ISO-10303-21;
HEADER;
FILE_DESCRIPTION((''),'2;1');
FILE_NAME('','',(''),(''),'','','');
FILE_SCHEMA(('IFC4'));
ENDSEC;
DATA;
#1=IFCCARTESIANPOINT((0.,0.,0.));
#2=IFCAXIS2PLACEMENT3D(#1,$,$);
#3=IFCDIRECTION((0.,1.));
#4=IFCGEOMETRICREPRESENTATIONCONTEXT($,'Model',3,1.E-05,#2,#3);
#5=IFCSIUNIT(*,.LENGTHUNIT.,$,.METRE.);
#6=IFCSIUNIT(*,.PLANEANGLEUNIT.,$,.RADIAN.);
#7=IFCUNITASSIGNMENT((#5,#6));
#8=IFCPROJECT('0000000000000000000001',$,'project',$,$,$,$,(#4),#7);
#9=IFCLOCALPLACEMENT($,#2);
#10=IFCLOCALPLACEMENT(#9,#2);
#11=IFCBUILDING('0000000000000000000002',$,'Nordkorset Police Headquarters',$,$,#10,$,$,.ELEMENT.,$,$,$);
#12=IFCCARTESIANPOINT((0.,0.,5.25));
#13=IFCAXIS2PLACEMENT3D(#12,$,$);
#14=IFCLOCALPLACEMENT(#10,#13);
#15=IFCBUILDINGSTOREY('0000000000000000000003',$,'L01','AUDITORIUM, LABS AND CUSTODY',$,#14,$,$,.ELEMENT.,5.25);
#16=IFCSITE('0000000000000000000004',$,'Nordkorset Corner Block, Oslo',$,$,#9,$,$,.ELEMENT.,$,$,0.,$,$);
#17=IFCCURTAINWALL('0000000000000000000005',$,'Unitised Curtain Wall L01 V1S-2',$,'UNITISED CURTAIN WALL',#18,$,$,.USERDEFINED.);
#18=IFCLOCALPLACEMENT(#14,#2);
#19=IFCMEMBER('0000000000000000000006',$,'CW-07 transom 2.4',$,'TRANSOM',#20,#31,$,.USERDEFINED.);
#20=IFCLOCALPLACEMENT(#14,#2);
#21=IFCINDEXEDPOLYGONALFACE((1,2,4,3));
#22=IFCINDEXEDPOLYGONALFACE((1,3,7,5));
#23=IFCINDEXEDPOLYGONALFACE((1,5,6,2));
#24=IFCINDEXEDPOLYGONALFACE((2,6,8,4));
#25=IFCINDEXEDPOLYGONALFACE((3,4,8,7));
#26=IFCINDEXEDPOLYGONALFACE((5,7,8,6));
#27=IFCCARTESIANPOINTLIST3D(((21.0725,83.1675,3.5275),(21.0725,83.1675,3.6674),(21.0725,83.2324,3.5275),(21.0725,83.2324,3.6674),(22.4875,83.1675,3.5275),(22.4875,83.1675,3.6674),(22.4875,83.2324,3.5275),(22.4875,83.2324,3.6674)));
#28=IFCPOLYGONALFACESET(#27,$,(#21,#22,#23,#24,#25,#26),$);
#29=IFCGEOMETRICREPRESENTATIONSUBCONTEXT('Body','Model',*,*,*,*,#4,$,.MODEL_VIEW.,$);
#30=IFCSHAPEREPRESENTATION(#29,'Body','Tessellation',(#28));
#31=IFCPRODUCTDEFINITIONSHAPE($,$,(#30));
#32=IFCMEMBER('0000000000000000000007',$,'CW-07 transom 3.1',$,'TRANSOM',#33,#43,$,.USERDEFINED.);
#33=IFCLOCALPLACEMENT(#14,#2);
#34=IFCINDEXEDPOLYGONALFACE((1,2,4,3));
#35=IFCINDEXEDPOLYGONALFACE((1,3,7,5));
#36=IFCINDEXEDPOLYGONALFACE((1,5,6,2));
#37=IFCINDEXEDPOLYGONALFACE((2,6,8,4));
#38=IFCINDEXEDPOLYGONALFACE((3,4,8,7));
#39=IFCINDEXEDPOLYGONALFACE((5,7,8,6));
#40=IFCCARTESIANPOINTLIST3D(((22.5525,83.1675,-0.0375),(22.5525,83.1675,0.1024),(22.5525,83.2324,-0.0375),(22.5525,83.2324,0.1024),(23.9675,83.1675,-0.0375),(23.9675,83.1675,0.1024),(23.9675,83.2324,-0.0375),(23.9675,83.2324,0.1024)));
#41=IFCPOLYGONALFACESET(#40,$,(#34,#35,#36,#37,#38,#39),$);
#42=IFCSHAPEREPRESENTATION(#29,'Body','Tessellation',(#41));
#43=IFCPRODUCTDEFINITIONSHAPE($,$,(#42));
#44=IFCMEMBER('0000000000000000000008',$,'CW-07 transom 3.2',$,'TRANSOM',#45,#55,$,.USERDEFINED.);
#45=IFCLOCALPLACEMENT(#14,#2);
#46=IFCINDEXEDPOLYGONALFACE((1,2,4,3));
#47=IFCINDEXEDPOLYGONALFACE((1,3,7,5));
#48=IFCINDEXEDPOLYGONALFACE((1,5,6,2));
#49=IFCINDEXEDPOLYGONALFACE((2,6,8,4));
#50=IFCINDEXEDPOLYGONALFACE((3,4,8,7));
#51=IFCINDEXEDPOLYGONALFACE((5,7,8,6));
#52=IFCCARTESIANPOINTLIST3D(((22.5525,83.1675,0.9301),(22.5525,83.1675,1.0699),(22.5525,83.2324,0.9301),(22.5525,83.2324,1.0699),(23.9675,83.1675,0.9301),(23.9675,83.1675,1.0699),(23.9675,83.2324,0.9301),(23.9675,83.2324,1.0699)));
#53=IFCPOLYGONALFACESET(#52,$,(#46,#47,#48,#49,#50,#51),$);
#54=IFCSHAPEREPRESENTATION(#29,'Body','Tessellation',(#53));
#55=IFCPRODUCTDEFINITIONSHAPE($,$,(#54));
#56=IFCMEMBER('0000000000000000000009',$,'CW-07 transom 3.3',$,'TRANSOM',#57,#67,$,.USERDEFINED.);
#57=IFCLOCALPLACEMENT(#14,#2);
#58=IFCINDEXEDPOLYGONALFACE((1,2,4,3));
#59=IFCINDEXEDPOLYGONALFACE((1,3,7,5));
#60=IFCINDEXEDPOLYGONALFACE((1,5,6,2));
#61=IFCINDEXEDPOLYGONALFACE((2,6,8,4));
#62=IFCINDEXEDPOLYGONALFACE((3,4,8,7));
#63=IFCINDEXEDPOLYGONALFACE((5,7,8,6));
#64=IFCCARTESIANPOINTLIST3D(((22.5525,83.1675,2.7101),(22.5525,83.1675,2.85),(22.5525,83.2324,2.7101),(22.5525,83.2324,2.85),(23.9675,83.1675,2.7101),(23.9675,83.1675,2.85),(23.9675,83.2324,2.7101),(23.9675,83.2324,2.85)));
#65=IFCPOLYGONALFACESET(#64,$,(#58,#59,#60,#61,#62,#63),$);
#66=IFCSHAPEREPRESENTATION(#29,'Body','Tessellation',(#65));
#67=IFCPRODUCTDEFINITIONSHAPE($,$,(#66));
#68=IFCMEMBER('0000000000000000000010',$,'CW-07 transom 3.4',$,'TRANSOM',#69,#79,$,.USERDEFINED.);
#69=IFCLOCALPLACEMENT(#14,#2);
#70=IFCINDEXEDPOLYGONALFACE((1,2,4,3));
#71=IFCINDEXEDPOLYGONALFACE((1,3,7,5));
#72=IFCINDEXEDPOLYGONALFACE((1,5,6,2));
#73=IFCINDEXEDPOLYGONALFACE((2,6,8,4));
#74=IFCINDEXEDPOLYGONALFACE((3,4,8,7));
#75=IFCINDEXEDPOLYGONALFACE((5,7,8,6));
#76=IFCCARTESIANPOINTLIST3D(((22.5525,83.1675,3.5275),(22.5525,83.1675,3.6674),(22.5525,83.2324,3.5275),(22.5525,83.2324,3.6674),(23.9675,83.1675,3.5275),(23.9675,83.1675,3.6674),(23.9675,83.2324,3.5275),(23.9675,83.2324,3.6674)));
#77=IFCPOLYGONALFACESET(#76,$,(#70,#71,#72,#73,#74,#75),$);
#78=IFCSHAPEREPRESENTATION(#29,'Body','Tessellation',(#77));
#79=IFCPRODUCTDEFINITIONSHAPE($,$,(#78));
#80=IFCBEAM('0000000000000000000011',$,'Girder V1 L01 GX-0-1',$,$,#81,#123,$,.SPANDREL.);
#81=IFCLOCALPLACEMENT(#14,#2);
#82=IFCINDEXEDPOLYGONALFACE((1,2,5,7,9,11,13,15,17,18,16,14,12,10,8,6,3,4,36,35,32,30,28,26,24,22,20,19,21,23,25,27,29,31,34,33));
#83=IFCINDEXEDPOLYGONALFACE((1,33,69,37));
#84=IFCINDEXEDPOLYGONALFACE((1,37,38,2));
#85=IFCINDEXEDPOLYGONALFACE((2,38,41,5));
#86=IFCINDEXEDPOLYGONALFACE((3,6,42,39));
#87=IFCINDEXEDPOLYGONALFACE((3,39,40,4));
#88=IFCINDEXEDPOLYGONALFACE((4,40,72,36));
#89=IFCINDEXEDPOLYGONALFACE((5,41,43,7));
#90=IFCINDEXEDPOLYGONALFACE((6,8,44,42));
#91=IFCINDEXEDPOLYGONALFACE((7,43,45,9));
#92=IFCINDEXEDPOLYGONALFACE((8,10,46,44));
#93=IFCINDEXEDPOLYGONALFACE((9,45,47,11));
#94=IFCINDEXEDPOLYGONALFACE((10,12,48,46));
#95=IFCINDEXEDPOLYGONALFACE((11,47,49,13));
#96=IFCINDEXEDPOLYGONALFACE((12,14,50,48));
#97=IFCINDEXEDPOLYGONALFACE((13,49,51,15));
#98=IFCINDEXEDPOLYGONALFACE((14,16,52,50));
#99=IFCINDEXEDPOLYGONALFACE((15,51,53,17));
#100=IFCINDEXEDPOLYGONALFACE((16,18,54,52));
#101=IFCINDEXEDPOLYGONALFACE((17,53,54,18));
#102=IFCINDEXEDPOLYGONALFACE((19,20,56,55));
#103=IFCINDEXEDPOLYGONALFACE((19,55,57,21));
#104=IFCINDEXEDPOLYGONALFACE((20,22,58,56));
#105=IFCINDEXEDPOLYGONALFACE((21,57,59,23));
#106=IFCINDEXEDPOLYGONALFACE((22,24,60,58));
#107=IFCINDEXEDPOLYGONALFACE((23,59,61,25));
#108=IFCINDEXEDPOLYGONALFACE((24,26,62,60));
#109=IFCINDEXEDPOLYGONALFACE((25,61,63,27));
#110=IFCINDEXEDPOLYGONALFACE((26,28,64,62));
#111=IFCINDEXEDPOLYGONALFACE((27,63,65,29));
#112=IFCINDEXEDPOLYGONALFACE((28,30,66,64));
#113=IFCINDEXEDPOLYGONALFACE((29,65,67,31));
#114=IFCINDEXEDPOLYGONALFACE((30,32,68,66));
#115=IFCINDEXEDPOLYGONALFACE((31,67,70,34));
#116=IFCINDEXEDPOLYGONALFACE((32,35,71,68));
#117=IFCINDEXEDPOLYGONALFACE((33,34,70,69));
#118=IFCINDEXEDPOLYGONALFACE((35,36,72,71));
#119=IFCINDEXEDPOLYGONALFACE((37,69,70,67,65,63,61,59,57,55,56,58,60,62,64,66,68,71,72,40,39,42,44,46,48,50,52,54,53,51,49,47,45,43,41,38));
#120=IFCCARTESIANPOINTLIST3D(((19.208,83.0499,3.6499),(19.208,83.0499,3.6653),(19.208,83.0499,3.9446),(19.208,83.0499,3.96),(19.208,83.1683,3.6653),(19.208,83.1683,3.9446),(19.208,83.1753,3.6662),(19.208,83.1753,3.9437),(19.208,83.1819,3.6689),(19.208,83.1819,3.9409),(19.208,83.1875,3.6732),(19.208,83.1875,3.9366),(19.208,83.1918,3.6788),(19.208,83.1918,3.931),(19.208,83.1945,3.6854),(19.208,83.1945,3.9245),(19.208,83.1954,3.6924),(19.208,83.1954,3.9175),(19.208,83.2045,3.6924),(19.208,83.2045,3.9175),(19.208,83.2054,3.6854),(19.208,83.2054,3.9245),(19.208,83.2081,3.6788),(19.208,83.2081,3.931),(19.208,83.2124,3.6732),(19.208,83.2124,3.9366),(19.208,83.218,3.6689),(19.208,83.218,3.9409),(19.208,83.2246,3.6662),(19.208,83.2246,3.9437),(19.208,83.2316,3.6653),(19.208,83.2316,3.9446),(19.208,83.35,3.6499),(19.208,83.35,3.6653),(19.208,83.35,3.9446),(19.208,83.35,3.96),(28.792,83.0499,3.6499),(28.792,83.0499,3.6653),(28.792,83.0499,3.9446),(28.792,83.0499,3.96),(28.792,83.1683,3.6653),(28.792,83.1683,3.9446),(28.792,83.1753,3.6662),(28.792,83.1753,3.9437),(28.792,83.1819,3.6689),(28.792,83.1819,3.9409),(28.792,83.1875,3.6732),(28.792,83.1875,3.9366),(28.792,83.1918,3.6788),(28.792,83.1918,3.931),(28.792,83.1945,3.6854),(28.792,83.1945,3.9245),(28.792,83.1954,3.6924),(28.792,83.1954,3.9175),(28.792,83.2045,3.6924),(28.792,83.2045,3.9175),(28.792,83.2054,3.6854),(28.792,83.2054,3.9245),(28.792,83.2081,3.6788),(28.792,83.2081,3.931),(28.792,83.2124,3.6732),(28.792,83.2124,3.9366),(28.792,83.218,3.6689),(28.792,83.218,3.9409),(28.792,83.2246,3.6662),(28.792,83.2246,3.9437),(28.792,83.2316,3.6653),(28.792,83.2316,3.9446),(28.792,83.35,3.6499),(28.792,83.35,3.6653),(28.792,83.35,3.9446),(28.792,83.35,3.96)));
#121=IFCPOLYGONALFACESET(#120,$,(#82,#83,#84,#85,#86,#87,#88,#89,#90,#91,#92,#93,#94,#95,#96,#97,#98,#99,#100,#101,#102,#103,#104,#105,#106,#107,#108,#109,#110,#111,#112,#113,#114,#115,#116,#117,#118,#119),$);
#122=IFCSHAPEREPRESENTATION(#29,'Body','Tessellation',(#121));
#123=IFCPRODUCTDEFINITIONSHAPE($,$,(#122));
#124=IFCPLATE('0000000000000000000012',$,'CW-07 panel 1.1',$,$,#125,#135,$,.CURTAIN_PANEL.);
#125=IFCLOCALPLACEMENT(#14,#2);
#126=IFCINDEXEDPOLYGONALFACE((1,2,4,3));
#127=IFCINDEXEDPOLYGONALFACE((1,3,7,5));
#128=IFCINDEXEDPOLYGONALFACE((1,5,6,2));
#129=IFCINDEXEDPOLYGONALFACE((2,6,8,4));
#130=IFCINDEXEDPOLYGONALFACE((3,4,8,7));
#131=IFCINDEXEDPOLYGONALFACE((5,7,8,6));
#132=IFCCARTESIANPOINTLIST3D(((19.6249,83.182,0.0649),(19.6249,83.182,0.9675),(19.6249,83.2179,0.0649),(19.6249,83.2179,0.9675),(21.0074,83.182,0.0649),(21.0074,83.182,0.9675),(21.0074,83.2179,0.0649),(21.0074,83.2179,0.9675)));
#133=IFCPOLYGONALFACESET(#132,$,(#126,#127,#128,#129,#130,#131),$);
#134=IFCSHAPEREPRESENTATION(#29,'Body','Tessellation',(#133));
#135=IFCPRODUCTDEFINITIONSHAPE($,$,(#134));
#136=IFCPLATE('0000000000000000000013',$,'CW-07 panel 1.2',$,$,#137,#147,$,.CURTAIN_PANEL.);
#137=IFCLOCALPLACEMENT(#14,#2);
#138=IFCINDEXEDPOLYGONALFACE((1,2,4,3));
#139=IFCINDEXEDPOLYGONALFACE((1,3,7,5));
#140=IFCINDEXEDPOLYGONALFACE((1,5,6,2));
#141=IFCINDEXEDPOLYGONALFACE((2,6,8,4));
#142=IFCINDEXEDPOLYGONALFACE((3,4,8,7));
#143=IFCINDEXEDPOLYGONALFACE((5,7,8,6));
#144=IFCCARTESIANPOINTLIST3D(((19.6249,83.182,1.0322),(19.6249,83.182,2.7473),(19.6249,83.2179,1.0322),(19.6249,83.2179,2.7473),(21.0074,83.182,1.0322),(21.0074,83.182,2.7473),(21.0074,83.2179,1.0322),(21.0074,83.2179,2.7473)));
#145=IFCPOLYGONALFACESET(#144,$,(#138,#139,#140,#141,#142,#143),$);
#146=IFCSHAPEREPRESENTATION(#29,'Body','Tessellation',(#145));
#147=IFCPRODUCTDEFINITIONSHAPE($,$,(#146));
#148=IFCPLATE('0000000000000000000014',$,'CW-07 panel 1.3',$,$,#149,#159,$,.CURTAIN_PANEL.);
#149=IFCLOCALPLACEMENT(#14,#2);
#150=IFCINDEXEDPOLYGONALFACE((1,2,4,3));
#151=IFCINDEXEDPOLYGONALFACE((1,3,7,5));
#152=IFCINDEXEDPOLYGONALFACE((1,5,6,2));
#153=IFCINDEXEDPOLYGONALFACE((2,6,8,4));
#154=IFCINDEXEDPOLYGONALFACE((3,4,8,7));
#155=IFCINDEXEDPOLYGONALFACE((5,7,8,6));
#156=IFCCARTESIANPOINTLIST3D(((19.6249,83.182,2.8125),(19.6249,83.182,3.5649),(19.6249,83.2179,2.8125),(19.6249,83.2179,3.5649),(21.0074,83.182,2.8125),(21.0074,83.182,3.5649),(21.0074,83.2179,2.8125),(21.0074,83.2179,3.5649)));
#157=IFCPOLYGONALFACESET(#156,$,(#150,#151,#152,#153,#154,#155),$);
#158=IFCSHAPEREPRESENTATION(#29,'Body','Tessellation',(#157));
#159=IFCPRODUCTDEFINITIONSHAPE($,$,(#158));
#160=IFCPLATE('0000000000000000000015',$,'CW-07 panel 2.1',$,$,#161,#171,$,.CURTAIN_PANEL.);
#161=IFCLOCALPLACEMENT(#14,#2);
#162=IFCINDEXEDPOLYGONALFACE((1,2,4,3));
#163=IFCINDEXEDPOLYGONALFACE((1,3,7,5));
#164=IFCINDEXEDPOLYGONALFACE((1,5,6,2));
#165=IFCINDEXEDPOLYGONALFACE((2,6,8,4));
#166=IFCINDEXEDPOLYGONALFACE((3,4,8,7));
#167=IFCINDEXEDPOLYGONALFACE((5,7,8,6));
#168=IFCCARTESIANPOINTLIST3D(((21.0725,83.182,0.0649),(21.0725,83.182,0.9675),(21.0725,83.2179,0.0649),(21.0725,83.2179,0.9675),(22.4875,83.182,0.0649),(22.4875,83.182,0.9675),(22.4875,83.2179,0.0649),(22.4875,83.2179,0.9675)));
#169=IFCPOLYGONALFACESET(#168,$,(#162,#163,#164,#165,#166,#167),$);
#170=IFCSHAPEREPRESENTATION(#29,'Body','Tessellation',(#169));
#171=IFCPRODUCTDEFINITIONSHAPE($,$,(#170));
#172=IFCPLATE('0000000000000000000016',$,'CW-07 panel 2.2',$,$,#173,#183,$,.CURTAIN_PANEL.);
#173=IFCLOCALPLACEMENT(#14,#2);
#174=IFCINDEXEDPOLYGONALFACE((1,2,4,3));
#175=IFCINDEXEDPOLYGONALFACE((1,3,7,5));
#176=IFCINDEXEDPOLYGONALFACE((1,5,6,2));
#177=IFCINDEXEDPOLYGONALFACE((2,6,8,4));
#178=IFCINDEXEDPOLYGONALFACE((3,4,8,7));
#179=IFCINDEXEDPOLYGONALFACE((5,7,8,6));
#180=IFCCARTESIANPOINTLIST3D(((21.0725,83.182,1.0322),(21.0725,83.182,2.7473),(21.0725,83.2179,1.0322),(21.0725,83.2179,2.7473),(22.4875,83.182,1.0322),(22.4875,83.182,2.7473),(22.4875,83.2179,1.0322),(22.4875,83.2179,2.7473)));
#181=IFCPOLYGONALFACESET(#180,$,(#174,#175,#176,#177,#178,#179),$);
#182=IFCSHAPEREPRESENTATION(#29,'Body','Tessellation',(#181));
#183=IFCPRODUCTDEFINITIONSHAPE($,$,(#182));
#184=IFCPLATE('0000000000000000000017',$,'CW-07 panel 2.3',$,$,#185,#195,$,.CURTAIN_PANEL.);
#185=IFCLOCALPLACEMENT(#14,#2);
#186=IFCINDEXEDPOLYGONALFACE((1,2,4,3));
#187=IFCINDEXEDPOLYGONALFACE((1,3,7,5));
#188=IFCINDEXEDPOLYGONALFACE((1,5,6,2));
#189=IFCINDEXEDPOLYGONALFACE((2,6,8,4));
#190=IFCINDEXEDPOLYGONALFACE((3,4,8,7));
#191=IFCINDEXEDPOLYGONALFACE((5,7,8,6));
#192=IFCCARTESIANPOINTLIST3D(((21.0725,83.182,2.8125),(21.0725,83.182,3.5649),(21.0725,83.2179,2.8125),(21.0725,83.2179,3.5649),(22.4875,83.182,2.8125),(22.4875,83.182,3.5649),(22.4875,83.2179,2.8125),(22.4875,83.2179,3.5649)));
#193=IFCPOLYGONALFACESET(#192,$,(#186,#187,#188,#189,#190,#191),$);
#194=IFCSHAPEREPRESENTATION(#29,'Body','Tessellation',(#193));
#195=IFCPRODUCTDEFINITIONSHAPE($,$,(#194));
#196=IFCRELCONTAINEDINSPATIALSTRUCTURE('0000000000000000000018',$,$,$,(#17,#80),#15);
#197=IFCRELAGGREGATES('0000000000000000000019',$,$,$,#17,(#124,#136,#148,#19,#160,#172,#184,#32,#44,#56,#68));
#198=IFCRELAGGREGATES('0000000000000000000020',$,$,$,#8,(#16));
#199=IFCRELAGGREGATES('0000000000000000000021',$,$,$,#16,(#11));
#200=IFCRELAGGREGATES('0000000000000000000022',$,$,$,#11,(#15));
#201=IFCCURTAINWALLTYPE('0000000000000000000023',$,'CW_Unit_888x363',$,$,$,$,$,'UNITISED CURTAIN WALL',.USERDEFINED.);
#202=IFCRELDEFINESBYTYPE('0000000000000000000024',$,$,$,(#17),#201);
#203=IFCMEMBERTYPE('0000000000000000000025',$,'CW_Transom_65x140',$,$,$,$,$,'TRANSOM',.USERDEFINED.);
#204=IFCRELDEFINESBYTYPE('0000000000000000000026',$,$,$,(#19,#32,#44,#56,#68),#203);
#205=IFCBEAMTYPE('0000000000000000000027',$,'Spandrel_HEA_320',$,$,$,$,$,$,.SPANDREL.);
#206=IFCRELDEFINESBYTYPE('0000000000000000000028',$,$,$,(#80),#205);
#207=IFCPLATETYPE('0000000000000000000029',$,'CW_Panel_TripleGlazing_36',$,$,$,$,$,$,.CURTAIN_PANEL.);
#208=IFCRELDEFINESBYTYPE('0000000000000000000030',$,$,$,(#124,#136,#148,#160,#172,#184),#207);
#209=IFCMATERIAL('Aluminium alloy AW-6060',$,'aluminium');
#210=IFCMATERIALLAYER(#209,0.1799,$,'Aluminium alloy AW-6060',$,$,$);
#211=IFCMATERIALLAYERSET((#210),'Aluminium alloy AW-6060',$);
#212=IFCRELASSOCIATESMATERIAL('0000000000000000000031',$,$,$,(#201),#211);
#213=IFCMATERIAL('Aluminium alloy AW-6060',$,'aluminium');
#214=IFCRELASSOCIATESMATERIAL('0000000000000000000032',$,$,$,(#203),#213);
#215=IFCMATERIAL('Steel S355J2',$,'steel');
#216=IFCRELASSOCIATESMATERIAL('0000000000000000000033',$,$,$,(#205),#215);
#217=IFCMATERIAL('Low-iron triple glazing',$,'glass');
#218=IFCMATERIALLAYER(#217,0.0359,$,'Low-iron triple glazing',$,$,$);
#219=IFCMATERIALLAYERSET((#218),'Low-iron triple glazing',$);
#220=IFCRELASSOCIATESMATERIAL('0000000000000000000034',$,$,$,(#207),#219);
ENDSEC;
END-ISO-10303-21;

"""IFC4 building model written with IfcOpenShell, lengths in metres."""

from ifc_helpers import new_model, si_unit, direction, frame, origin, origin_2d, place, context, subcontext, project, spatial, rectangle, i_section, extrude, material, layer, layer_set, material_profile, profile_set, type_object, element, aggregate, save


model = new_model("IFC4")

# Units and contexts
model_context = context("Model", 3, precision=1e-05, world=origin(), true_north=direction((0.0, 1.0)))
body_context = subcontext(model_context, "Body", "Model", "MODEL_VIEW")
ifc_project = project(units=[si_unit("LENGTHUNIT", "METRE"), si_unit("PLANEANGLEUNIT", "RADIAN")], contexts=[model_context])

# Site, building, storey
site_placement = place(None, origin())
site = spatial("IfcSite", under=ifc_project, at=site_placement, Name="Nordkorset Corner Block, Oslo", CompositionType="ELEMENT", RefElevation=0.0)
building_placement = place(site_placement, origin())
building = spatial("IfcBuilding", under=site, at=building_placement, Name="Nordkorset Police Headquarters", CompositionType="ELEMENT")
storey_placement = place(building_placement, frame((0.0, 0.0, 5.25)))
storey = spatial("IfcBuildingStorey", under=building, at=storey_placement, Name="L01", Description="AUDITORIUM, LABS AND CUSTODY", CompositionType="ELEMENT", Elevation=5.25)

# Curtain wall
ifc_material_1 = material(Name="Aluminium alloy AW-6060", Category="aluminium")
ifc_layer_1 = layer(ifc_material_1, 0.1799, Name="Aluminium alloy AW-6060")
ifc_layer_set_1 = layer_set([ifc_layer_1], Name="Aluminium alloy AW-6060")
curtain_wall_type_1 = type_object("IfcCurtainWallType", Name="CW_Unit_888x363", ElementType="UNITISED CURTAIN WALL", PredefinedType="USERDEFINED", material=ifc_layer_set_1)
curtain_wall_1_placement = place(storey_placement, origin())
curtain_wall_1 = element("IfcCurtainWall", 1, at=curtain_wall_1_placement, inside=storey, type_object=curtain_wall_type_1, Name="Unitised Curtain Wall L01 V1S-2", ObjectType="UNITISED CURTAIN WALL", PredefinedType="USERDEFINED")

# Members
ifc_material_2 = material(Name="Aluminium alloy AW-6060", Category="aluminium")
ifc_material_profile_1 = material_profile(ifc_material_2, rectangle(XDim=0.0649, YDim=0.1399, at=origin_2d()), Name="ALU TRAN 65x140")
ifc_profile_set_1 = profile_set([ifc_material_profile_1], Name="Aluminium alloy AW-6060")
member_type_1 = type_object("IfcMemberType", Name="CW_Transom_65x140", ElementType="TRANSOM", PredefinedType="USERDEFINED", material=ifc_profile_set_1)
member_1_placement = place(storey_placement, frame((21.0725, 83.2, 3.5974), z_axis=(1.0, 0.0, 0.0), x_axis=(0.0, 1.0, 0.0)))
member_1 = element("IfcMember", 2, at=member_1_placement, type_object=member_type_1, Name="CW-07 transom 2.4", ObjectType="TRANSOM", PredefinedType="USERDEFINED", context=body_context, shape_type="SweptSolid", body=[
    extrude(rectangle(XDim=0.0649, YDim=0.1399, at=origin_2d()), origin(), (0.0, 0.0, 1.0), 1.415),
])
member_2_placement = place(storey_placement, frame((22.5525, 83.2, 0.0325), z_axis=(1.0, 0.0, 0.0), x_axis=(0.0, 1.0, 0.0)))
member_2 = element("IfcMember", 3, at=member_2_placement, type_object=member_type_1, Name="CW-07 transom 3.1", ObjectType="TRANSOM", PredefinedType="USERDEFINED", context=body_context, shape_type="SweptSolid", body=[
    extrude(rectangle(XDim=0.0649, YDim=0.1399, at=origin_2d()), origin(), (0.0, 0.0, 1.0), 1.415),
])
member_3_placement = place(storey_placement, frame((22.5525, 83.2, 1.0), z_axis=(1.0, 0.0, 0.0), x_axis=(0.0, 1.0, 0.0)))
member_3 = element("IfcMember", 4, at=member_3_placement, type_object=member_type_1, Name="CW-07 transom 3.2", ObjectType="TRANSOM", PredefinedType="USERDEFINED", context=body_context, shape_type="SweptSolid", body=[
    extrude(rectangle(XDim=0.0649, YDim=0.1399, at=origin_2d()), origin(), (0.0, 0.0, 1.0), 1.415),
])
member_4_placement = place(storey_placement, frame((22.5525, 83.2, 2.78), z_axis=(1.0, 0.0, 0.0), x_axis=(0.0, 1.0, 0.0)))
member_4 = element("IfcMember", 5, at=member_4_placement, type_object=member_type_1, Name="CW-07 transom 3.3", ObjectType="TRANSOM", PredefinedType="USERDEFINED", context=body_context, shape_type="SweptSolid", body=[
    extrude(rectangle(XDim=0.0649, YDim=0.1399, at=origin_2d()), origin(), (0.0, 0.0, 1.0), 1.415),
])
member_5_placement = place(storey_placement, frame((22.5525, 83.2, 3.5974), z_axis=(1.0, 0.0, 0.0), x_axis=(0.0, 1.0, 0.0)))
member_5 = element("IfcMember", 6, at=member_5_placement, type_object=member_type_1, Name="CW-07 transom 3.4", ObjectType="TRANSOM", PredefinedType="USERDEFINED", context=body_context, shape_type="SweptSolid", body=[
    extrude(rectangle(XDim=0.0649, YDim=0.1399, at=origin_2d()), origin(), (0.0, 0.0, 1.0), 1.415),
])

# Beam
ifc_material_3 = material(Name="Steel S355J2", Category="steel")
ifc_material_profile_2 = material_profile(ifc_material_3, i_section(OverallWidth=0.3, OverallDepth=0.3101, WebThickness=0.009, FlangeThickness=0.0154, FilletRadius=0.0271, at=origin_2d()), Name="HEA 320")
ifc_profile_set_2 = profile_set([ifc_material_profile_2], Name="Steel S355J2")
beam_type = type_object("IfcBeamType", Name="Spandrel_HEA_320", PredefinedType="SPANDREL", material=ifc_profile_set_2)
beam_placement = place(storey_placement, frame((19.208, 83.2, 3.8049), z_axis=(1.0, 0.0, 0.0), x_axis=(0.0, 1.0, 0.0)))
element("IfcBeam", 7, at=beam_placement, inside=storey, type_object=beam_type, Name="Girder V1 L01 GX-0-1", PredefinedType="SPANDREL", context=body_context, shape_type="SweptSolid", body=[
    extrude(i_section(OverallWidth=0.3, OverallDepth=0.3101, WebThickness=0.009, FlangeThickness=0.0154, FilletRadius=0.0271, at=origin_2d()), origin(), (0.0, 0.0, 1.0), 9.584),
])

# Plates
ifc_material_4 = material(Name="Low-iron triple glazing", Category="glass")
ifc_layer_2 = layer(ifc_material_4, 0.0359, Name="Low-iron triple glazing")
ifc_layer_set_2 = layer_set([ifc_layer_2], Name="Low-iron triple glazing")
plate_type = type_object("IfcPlateType", Name="CW_Panel_TripleGlazing_36", PredefinedType="CURTAIN_PANEL", material=ifc_layer_set_2)
plate_1_placement = place(storey_placement, frame((20.3162, 83.2, 0.0649), z_axis=(0.0, 0.0, 1.0), x_axis=(1.0, 0.0, 0.0)))
plate_1 = element("IfcPlate", 8, at=plate_1_placement, type_object=plate_type, Name="CW-07 panel 1.1", PredefinedType="CURTAIN_PANEL", context=body_context, shape_type="SweptSolid", body=[
    extrude(rectangle(XDim=1.3826, YDim=0.0359, at=origin_2d()), origin(), (0.0, 0.0, 1.0), 0.9026),
])
plate_2_placement = place(storey_placement, frame((20.3162, 83.2, 1.0322), z_axis=(0.0, 0.0, 1.0), x_axis=(1.0, 0.0, 0.0)))
plate_2 = element("IfcPlate", 9, at=plate_2_placement, type_object=plate_type, Name="CW-07 panel 1.2", PredefinedType="CURTAIN_PANEL", context=body_context, shape_type="SweptSolid", body=[
    extrude(rectangle(XDim=1.3826, YDim=0.0359, at=origin_2d()), origin(), (0.0, 0.0, 1.0), 1.7151),
])
plate_3_placement = place(storey_placement, frame((20.3162, 83.2, 2.8125), z_axis=(0.0, 0.0, 1.0), x_axis=(1.0, 0.0, 0.0)))
plate_3 = element("IfcPlate", 10, at=plate_3_placement, type_object=plate_type, Name="CW-07 panel 1.3", PredefinedType="CURTAIN_PANEL", context=body_context, shape_type="SweptSolid", body=[
    extrude(rectangle(XDim=1.3826, YDim=0.0359, at=origin_2d()), origin(), (0.0, 0.0, 1.0), 0.7524),
])
plate_4_placement = place(storey_placement, frame((21.78, 83.2, 0.0649), z_axis=(0.0, 0.0, 1.0), x_axis=(1.0, 0.0, 0.0)))
plate_4 = element("IfcPlate", 11, at=plate_4_placement, type_object=plate_type, Name="CW-07 panel 2.1", PredefinedType="CURTAIN_PANEL", context=body_context, shape_type="SweptSolid", body=[
    extrude(rectangle(XDim=1.415, YDim=0.0359, at=origin_2d()), origin(), (0.0, 0.0, 1.0), 0.9026),
])
plate_5_placement = place(storey_placement, frame((21.78, 83.2, 1.0322), z_axis=(0.0, 0.0, 1.0), x_axis=(1.0, 0.0, 0.0)))
plate_5 = element("IfcPlate", 12, at=plate_5_placement, type_object=plate_type, Name="CW-07 panel 2.2", PredefinedType="CURTAIN_PANEL", context=body_context, shape_type="SweptSolid", body=[
    extrude(rectangle(XDim=1.415, YDim=0.0359, at=origin_2d()), origin(), (0.0, 0.0, 1.0), 1.7151),
])
plate_6_placement = place(storey_placement, frame((21.78, 83.2, 2.8125), z_axis=(0.0, 0.0, 1.0), x_axis=(1.0, 0.0, 0.0)))
plate_6 = element("IfcPlate", 13, at=plate_6_placement, type_object=plate_type, Name="CW-07 panel 2.3", PredefinedType="CURTAIN_PANEL", context=body_context, shape_type="SweptSolid", body=[
    extrude(rectangle(XDim=1.415, YDim=0.0359, at=origin_2d()), origin(), (0.0, 0.0, 1.0), 0.7524),
])
aggregate(curtain_wall_1, [plate_1, plate_2, plate_3, member_1, plate_4, plate_5, plate_6, member_2, member_3, member_4, member_5])

save(model, "model.ifc")
